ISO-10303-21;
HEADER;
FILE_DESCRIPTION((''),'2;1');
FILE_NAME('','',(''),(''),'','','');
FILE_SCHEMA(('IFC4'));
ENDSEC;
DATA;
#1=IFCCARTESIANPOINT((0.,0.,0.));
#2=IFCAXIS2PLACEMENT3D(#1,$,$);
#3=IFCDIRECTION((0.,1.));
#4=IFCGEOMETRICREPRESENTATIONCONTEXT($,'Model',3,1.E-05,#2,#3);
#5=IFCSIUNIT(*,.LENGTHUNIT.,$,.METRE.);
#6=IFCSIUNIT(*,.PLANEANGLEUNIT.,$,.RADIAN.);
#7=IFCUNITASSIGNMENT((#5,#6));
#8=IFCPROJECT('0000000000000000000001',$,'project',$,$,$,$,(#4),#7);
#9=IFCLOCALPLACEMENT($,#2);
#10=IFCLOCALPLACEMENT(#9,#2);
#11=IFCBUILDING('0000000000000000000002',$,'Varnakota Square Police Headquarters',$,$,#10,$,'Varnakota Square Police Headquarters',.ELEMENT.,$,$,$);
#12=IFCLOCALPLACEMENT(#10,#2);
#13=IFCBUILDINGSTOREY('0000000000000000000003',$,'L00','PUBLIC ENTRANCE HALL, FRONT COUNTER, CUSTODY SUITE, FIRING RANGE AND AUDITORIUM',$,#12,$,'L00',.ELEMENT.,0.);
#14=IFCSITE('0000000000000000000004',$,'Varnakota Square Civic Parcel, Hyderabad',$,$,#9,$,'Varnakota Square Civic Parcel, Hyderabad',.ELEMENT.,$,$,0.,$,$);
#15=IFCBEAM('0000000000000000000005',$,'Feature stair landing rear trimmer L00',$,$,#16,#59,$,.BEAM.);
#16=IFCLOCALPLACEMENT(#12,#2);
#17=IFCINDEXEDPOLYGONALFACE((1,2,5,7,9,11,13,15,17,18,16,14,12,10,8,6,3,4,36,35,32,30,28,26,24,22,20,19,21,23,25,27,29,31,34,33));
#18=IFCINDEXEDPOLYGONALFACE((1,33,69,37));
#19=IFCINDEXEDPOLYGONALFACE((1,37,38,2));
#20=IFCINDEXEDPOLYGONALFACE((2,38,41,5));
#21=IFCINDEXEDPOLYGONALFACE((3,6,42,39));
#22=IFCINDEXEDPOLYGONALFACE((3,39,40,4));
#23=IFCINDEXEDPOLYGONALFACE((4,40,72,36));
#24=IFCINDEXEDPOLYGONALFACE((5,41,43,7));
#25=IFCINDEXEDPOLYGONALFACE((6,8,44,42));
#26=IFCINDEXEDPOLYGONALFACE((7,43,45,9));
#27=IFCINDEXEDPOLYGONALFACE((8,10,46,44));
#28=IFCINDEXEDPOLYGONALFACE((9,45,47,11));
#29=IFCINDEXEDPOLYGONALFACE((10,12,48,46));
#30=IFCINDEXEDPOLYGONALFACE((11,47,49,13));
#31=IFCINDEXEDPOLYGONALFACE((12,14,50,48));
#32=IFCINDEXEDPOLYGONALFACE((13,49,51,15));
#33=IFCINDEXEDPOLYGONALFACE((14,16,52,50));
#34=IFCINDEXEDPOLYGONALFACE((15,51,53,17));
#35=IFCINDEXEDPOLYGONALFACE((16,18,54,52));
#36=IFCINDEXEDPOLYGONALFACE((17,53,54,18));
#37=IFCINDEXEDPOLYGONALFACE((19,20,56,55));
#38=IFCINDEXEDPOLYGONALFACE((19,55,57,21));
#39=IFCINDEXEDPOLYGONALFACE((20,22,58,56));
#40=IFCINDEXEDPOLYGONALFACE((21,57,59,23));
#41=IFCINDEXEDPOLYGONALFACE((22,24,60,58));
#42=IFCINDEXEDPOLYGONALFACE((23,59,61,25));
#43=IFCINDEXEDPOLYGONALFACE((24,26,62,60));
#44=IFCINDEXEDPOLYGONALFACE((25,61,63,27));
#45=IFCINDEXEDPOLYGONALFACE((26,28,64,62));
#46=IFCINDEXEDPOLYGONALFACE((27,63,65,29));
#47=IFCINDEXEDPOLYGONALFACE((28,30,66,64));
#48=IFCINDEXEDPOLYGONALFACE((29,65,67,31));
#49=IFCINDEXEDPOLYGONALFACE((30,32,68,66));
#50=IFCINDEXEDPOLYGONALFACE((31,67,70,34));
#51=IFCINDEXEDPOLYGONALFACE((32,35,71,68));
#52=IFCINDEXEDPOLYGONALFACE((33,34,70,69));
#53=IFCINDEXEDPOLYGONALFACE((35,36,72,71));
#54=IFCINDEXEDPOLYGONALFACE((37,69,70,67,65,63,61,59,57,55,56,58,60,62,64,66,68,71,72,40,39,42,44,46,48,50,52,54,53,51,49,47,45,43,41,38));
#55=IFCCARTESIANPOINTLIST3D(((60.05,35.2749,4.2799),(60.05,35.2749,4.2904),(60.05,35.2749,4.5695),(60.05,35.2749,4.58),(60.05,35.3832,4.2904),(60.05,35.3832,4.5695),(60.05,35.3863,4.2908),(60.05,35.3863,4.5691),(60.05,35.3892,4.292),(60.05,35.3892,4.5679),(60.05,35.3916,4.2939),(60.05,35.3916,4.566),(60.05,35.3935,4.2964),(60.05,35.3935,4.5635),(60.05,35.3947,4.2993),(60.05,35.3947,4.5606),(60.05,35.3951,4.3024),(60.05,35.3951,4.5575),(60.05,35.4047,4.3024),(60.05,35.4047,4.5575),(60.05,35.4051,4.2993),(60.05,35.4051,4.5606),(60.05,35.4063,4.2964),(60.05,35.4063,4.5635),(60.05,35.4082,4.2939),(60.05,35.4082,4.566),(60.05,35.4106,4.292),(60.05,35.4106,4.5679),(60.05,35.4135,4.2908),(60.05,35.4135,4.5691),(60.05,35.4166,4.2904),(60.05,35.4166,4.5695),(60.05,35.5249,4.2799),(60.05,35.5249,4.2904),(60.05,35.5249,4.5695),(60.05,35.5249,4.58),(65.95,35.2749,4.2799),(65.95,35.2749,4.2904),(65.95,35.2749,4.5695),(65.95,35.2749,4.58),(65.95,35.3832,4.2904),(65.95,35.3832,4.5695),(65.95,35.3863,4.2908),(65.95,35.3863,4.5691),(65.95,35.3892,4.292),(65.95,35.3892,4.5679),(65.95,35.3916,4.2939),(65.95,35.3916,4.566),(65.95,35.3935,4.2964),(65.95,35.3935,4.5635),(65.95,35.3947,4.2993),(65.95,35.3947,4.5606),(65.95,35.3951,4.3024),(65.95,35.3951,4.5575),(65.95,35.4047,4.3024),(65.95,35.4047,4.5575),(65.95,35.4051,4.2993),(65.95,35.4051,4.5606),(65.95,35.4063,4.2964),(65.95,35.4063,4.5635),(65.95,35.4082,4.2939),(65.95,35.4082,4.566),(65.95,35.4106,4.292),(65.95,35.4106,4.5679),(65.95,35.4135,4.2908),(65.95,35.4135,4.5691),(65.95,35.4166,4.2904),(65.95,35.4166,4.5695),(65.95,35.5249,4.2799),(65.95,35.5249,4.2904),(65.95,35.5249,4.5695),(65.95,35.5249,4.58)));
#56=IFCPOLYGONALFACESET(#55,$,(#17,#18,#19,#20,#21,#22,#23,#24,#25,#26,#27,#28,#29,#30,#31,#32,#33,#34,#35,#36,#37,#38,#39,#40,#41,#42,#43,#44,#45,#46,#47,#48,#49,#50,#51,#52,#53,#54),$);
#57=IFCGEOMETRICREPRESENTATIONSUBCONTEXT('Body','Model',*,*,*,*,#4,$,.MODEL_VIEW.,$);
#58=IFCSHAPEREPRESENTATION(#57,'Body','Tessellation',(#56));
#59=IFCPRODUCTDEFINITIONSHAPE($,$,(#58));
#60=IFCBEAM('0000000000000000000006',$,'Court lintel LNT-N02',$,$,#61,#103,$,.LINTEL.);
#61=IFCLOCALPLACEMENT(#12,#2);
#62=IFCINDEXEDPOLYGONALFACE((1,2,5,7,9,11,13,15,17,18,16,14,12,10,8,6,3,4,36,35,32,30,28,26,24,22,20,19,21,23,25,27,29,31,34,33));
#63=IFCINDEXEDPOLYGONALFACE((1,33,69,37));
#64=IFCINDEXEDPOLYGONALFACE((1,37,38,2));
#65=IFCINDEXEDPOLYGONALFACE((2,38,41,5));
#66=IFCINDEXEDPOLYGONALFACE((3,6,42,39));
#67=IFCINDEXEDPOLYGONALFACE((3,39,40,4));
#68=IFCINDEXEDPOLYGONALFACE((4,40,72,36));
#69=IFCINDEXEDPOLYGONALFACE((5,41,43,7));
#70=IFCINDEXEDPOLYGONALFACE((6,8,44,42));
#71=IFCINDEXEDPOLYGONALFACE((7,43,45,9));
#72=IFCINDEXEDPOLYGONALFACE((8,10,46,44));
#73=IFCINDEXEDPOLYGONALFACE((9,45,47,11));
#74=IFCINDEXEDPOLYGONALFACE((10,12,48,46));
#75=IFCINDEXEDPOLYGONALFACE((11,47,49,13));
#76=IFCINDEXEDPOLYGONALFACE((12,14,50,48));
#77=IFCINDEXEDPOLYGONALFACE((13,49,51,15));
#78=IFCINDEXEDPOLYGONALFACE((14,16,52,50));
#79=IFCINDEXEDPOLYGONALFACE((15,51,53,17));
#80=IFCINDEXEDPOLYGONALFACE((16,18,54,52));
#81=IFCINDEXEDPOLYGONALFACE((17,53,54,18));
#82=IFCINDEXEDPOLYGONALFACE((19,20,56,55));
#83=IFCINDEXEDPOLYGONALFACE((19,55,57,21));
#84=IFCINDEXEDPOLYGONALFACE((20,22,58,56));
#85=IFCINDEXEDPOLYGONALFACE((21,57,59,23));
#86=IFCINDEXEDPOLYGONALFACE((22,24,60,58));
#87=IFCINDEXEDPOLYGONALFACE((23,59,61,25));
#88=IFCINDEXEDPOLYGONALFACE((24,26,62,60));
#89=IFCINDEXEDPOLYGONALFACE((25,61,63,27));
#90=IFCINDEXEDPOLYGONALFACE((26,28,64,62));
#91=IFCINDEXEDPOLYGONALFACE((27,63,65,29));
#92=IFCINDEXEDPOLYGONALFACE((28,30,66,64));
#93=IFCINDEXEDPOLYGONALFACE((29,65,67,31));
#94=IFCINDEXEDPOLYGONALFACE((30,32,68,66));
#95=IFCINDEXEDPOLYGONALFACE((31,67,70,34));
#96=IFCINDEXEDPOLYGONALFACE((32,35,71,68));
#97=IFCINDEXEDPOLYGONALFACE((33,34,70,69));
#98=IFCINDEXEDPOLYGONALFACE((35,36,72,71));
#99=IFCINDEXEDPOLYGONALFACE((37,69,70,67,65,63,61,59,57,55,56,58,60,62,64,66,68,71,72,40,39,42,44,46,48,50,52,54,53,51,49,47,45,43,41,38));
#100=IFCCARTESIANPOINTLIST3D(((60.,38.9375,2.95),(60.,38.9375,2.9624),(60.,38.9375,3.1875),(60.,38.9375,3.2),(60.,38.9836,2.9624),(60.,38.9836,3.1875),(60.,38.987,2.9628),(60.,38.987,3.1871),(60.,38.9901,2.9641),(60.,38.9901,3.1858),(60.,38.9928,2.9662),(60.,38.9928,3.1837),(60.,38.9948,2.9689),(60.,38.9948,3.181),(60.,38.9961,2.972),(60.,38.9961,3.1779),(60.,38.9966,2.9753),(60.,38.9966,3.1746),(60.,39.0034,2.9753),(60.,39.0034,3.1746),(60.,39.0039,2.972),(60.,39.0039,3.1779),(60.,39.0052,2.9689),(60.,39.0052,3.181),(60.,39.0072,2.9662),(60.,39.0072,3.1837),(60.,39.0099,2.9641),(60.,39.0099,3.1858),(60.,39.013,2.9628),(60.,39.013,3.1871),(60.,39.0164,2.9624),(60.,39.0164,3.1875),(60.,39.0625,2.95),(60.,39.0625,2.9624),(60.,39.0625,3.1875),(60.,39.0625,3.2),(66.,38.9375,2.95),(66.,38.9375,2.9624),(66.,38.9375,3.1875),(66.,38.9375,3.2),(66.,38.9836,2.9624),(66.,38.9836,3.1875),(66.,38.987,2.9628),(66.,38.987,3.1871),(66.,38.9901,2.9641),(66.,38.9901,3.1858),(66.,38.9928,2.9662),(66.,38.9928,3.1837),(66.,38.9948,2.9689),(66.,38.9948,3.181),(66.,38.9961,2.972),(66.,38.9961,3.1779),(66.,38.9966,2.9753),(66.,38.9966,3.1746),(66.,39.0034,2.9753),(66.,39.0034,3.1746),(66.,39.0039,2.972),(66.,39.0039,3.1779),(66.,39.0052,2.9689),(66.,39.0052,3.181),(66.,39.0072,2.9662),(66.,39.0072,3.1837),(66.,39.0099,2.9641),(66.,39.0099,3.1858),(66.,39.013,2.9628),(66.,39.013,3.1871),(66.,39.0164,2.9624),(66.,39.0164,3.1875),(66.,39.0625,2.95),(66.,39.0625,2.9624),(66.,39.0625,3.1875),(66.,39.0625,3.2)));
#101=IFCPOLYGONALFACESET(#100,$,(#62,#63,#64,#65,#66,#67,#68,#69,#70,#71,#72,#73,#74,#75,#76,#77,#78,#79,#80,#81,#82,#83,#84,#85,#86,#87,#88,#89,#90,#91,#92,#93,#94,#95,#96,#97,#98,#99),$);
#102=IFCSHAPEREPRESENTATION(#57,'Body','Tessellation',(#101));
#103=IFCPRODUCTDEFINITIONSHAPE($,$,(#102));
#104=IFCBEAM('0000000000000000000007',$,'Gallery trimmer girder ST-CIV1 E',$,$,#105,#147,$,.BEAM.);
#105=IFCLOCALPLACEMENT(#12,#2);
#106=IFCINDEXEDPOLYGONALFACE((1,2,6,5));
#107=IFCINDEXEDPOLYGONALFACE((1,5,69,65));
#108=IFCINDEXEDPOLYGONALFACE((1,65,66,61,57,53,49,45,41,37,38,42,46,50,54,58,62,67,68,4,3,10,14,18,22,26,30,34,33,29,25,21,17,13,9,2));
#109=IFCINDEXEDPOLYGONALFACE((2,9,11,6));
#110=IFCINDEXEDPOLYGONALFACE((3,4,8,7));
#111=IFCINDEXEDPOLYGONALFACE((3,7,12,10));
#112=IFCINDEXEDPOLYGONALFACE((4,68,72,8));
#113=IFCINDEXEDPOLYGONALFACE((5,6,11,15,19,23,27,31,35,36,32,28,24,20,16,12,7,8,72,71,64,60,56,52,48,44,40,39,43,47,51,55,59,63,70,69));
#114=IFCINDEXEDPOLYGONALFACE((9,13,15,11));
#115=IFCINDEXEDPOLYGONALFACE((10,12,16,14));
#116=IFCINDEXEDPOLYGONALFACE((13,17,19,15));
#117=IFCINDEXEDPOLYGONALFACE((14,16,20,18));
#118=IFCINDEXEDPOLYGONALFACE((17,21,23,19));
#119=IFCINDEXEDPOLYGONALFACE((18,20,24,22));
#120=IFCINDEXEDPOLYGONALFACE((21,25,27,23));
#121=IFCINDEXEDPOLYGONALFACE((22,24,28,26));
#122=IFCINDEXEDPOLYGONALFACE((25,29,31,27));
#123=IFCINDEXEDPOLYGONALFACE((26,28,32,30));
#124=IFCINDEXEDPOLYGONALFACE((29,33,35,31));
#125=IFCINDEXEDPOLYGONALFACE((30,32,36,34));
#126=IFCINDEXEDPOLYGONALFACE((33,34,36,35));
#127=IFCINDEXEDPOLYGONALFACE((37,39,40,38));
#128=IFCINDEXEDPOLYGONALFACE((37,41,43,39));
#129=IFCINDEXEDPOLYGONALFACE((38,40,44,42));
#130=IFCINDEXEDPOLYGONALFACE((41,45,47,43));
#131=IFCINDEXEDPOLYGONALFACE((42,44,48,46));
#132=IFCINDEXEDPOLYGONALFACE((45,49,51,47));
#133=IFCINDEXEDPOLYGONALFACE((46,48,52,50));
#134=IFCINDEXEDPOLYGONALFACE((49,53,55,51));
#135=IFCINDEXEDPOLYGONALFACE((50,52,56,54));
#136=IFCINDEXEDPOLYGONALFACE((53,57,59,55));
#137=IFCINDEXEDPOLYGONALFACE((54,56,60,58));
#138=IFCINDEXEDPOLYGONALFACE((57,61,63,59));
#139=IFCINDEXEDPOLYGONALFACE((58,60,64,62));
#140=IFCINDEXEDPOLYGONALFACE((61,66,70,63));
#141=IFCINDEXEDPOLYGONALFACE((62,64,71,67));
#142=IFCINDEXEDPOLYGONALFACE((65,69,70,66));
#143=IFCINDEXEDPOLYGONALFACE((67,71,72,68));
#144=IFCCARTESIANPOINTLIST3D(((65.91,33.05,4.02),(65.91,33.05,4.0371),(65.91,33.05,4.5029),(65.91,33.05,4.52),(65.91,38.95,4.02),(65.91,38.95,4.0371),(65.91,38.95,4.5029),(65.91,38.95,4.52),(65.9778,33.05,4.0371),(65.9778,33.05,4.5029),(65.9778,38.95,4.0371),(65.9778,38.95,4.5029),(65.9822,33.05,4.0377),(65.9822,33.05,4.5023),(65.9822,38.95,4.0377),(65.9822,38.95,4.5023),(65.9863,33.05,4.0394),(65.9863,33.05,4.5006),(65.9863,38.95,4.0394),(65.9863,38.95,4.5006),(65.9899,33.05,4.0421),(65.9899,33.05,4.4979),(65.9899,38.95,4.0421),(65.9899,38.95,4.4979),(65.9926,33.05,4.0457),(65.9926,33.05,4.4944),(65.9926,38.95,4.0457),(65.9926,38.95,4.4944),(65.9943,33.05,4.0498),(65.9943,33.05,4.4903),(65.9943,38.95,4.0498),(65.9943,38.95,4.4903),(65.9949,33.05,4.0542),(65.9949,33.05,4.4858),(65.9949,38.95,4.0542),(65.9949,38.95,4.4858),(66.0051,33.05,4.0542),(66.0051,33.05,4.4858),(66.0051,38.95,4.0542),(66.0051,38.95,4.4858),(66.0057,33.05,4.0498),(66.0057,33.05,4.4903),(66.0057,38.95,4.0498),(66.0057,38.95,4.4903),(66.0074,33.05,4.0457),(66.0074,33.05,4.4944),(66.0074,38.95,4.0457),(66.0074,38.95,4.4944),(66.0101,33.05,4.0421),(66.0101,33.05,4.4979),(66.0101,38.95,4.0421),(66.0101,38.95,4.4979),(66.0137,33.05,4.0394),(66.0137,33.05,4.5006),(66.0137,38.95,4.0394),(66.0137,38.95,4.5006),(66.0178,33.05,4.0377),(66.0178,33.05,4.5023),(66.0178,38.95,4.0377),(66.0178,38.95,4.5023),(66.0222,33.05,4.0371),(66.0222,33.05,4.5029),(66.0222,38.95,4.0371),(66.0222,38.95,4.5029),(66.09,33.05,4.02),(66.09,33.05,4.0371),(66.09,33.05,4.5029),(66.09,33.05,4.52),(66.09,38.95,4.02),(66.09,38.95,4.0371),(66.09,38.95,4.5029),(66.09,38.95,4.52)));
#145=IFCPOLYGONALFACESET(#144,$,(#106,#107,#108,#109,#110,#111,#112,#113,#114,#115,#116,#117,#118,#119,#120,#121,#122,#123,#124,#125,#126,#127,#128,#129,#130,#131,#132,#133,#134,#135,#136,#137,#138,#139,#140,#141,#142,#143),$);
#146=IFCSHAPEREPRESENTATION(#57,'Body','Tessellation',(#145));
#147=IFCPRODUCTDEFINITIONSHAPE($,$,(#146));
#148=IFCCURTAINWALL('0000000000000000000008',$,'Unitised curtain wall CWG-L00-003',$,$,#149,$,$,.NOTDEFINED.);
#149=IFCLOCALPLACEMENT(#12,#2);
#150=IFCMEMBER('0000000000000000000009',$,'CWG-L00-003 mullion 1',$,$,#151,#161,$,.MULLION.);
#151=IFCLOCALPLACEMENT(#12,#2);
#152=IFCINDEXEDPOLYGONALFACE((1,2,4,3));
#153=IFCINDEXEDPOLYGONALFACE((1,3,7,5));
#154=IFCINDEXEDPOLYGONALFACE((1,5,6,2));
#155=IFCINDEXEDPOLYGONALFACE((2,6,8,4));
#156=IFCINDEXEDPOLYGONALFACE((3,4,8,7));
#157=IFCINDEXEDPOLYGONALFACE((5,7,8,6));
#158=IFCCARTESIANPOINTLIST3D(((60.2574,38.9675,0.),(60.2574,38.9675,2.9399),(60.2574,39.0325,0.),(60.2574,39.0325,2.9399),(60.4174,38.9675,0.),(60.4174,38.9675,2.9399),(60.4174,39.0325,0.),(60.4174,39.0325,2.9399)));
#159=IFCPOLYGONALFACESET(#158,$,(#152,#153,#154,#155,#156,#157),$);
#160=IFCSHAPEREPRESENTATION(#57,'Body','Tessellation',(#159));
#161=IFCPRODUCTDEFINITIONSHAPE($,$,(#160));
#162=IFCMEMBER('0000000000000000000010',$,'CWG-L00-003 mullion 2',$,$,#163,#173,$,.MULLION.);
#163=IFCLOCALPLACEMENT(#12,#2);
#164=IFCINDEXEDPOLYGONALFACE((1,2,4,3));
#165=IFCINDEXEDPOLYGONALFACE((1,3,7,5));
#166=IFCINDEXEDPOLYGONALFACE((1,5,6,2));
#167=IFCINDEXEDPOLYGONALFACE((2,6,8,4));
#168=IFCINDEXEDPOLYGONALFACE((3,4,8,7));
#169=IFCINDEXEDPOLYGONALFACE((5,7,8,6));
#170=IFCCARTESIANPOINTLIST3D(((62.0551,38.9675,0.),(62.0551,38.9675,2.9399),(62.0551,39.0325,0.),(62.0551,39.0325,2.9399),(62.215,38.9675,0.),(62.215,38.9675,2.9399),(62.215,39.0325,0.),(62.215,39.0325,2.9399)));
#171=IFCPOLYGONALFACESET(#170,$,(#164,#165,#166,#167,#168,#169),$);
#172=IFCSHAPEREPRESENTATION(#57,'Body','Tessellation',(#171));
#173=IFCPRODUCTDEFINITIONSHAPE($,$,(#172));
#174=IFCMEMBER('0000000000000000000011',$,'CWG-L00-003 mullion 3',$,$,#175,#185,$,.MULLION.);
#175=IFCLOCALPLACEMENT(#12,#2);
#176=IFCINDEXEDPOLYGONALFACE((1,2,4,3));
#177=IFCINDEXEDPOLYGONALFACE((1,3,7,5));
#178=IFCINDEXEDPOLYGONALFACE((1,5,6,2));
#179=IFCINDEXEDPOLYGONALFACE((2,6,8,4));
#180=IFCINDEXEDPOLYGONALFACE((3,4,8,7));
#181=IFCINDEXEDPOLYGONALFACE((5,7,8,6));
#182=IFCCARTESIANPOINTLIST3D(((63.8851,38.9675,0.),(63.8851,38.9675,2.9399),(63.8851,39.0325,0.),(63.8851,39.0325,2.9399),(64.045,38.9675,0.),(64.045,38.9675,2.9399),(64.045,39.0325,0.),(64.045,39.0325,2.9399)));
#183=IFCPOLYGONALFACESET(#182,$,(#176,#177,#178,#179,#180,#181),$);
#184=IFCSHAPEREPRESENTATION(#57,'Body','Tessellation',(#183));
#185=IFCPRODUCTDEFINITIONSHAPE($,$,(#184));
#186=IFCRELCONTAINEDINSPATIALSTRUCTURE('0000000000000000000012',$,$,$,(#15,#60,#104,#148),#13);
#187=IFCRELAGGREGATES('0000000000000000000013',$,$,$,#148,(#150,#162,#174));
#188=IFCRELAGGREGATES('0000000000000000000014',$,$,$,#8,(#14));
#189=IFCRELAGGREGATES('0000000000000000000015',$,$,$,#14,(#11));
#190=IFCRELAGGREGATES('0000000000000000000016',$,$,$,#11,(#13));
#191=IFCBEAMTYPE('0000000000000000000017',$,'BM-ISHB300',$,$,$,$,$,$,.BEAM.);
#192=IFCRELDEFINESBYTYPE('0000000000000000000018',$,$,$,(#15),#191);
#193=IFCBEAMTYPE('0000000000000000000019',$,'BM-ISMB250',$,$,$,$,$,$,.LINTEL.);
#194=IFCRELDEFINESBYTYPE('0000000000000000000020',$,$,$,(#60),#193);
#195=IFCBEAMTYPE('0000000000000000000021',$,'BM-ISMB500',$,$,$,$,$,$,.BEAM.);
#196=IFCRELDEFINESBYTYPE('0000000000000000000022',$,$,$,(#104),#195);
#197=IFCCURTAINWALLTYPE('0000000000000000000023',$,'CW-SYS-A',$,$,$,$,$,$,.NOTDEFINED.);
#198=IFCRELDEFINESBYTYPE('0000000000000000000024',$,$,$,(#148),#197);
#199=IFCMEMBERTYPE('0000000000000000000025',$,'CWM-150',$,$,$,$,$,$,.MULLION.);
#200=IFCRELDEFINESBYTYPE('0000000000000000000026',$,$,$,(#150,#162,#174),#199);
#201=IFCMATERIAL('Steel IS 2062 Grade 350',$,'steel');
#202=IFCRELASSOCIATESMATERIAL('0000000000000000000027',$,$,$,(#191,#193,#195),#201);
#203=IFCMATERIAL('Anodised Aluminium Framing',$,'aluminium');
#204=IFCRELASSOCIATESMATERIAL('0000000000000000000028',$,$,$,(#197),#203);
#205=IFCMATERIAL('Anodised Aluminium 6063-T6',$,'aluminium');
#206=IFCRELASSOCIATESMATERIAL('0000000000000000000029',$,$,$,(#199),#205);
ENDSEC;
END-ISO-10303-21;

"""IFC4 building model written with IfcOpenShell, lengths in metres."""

from ifc_helpers import new_model, si_unit, direction, frame, origin, origin_2d, place, context, subcontext, project, spatial, rectangle, i_section, extrude, material, material_profile, profile_set, type_object, element, aggregate, save


model = new_model("IFC4")

# Units and contexts
model_context = context("Model", 3, precision=1e-05, world=origin(), true_north=direction((0.0, 1.0)))
body_context = subcontext(model_context, "Body", "Model", "MODEL_VIEW")
ifc_project = project(units=[si_unit("LENGTHUNIT", "METRE"), si_unit("PLANEANGLEUNIT", "RADIAN")], contexts=[model_context])

# Site, building, storey
site_placement = place(None, origin())
site = spatial("IfcSite", under=ifc_project, at=site_placement, Name="Varnakota Square Civic Parcel, Hyderabad", LongName="Varnakota Square Civic Parcel, Hyderabad", CompositionType="ELEMENT", RefElevation=0.0)
building_placement = place(site_placement, origin())
building = spatial("IfcBuilding", under=site, at=building_placement, Name="Varnakota Square Police Headquarters", LongName="Varnakota Square Police Headquarters", CompositionType="ELEMENT")
storey_placement = place(building_placement, origin())
storey = spatial("IfcBuildingStorey", under=building, at=storey_placement, Name="L00", Description="PUBLIC ENTRANCE HALL, FRONT COUNTER, CUSTODY SUITE, FIRING RANGE AND AUDITORIUM", LongName="L00", CompositionType="ELEMENT", Elevation=0.0)

# Beams
ifc_material_1 = material(Name="Steel IS 2062 Grade 350", Category="steel")
ifc_material_profile_1 = material_profile(ifc_material_1, i_section(OverallWidth=0.25, OverallDepth=0.3, WebThickness=0.0095, FlangeThickness=0.0105, FilletRadius=0.012, at=origin_2d()), Name="ISHB 300")
ifc_profile_set_1 = profile_set([ifc_material_profile_1], Name="Steel IS 2062 Grade 350")
beam_type_1 = type_object("IfcBeamType", Name="BM-ISHB300", PredefinedType="BEAM", material=ifc_profile_set_1)
for number, where, z_axis, x_axis, name in (
    (1, (60.05, 35.3999, 4.4299), (1.0, 0.0, 0.0), (0.0, 1.0, 0.0), "Feature stair landing rear trimmer L00"),
):
    element("IfcBeam", number, at=place(storey_placement, frame(where, z_axis=z_axis, x_axis=x_axis)), inside=storey, type_object=beam_type_1, Name=name, PredefinedType="BEAM", context=body_context, shape_type="SweptSolid", body=[
        extrude(i_section(OverallWidth=0.25, OverallDepth=0.3, WebThickness=0.0095, FlangeThickness=0.0105, FilletRadius=0.012, at=origin_2d()), origin(), (0.0, 0.0, 1.0), 5.8999),
    ])
ifc_material_profile_2 = material_profile(ifc_material_1, i_section(OverallWidth=0.125, OverallDepth=0.25, WebThickness=0.0068, FlangeThickness=0.0125, FilletRadius=0.0129, at=origin_2d()), Name="ISMB 250")
ifc_profile_set_2 = profile_set([ifc_material_profile_2], Name="Steel IS 2062 Grade 350")
beam_type_2 = type_object("IfcBeamType", Name="BM-ISMB250", PredefinedType="LINTEL", material=ifc_profile_set_2)
beam_1_placement = place(storey_placement, frame((60.0, 39.0, 3.075), z_axis=(1.0, 0.0, 0.0), x_axis=(0.0, 1.0, 0.0)))
element("IfcBeam", 2, at=beam_1_placement, inside=storey, type_object=beam_type_2, Name="Court lintel LNT-N02", PredefinedType="LINTEL", context=body_context, shape_type="SweptSolid", body=[
    extrude(i_section(OverallWidth=0.125, OverallDepth=0.25, WebThickness=0.0068, FlangeThickness=0.0125, FilletRadius=0.0129, at=origin_2d()), origin(), (0.0, 0.0, 1.0), 6.0),
])
ifc_material_profile_3 = material_profile(ifc_material_1, i_section(OverallWidth=0.1799, OverallDepth=0.5, WebThickness=0.0103, FlangeThickness=0.0171, FilletRadius=0.0171, at=origin_2d()), Name="ISMB 500")
ifc_profile_set_3 = profile_set([ifc_material_profile_3], Name="Steel IS 2062 Grade 350")
beam_type_3 = type_object("IfcBeamType", Name="BM-ISMB500", PredefinedType="BEAM", material=ifc_profile_set_3)
beam_2_placement = place(storey_placement, frame((66.0, 33.05, 4.27), z_axis=(0.0, 1.0, 0.0), x_axis=(-1.0, 0.0, 0.0)))
element("IfcBeam", 3, at=beam_2_placement, inside=storey, type_object=beam_type_3, Name="Gallery trimmer girder ST-CIV1 E", PredefinedType="BEAM", context=body_context, shape_type="SweptSolid", body=[
    extrude(i_section(OverallWidth=0.1799, OverallDepth=0.5, WebThickness=0.0103, FlangeThickness=0.0171, FilletRadius=0.0171, at=origin_2d()), origin(), (0.0, 0.0, 1.0), 5.8999),
])

# Curtain wall, members
ifc_material_2 = material(Name="Anodised Aluminium Framing", Category="aluminium")
curtain_wall_type = type_object("IfcCurtainWallType", Name="CW-SYS-A", PredefinedType="NOTDEFINED", material=ifc_material_2)
curtain_wall_placement = place(storey_placement, origin())
curtain_wall = element("IfcCurtainWall", 4, at=curtain_wall_placement, inside=storey, type_object=curtain_wall_type, Name="Unitised curtain wall CWG-L00-003", PredefinedType="NOTDEFINED")
ifc_material_3 = material(Name="Anodised Aluminium 6063-T6", Category="aluminium")
ifc_material_profile_4 = material_profile(ifc_material_3, rectangle(XDim=0.0649, YDim=0.1599, at=origin_2d()), Name="ALU MULLION 65x160")
ifc_profile_set_4 = profile_set([ifc_material_profile_4], Name="Anodised Aluminium 6063-T6")
member_type_1 = type_object("IfcMemberType", Name="CWM-150", PredefinedType="MULLION", material=ifc_profile_set_4)
member_1_placement = place(storey_placement, frame((60.3374, 39.0, 0.0), z_axis=(0.0, 0.0, 1.0), x_axis=(0.0, 1.0, 0.0)))
member_1 = element("IfcMember", 5, at=member_1_placement, type_object=member_type_1, Name="CWG-L00-003 mullion 1", PredefinedType="MULLION", context=body_context, shape_type="SweptSolid", body=[
    extrude(rectangle(XDim=0.0649, YDim=0.1599, at=origin_2d()), origin(), (0.0, 0.0, 1.0), 2.9399),
])
member_2_placement = place(storey_placement, frame((62.135, 39.0, 0.0), z_axis=(0.0, 0.0, 1.0), x_axis=(0.0, 1.0, 0.0)))
member_2 = element("IfcMember", 6, at=member_2_placement, type_object=member_type_1, Name="CWG-L00-003 mullion 2", PredefinedType="MULLION", context=body_context, shape_type="SweptSolid", body=[
    extrude(rectangle(XDim=0.0649, YDim=0.1599, at=origin_2d()), origin(), (0.0, 0.0, 1.0), 2.9399),
])
member_3_placement = place(storey_placement, frame((63.9651, 39.0, 0.0), z_axis=(0.0, 0.0, 1.0), x_axis=(0.0, 1.0, 0.0)))
member_3 = element("IfcMember", 7, at=member_3_placement, type_object=member_type_1, Name="CWG-L00-003 mullion 3", PredefinedType="MULLION", context=body_context, shape_type="SweptSolid", body=[
    extrude(rectangle(XDim=0.0649, YDim=0.1599, at=origin_2d()), origin(), (0.0, 0.0, 1.0), 2.9399),
])
aggregate(curtain_wall, [member_1, member_2, member_3])

save(model, "model.ifc")
